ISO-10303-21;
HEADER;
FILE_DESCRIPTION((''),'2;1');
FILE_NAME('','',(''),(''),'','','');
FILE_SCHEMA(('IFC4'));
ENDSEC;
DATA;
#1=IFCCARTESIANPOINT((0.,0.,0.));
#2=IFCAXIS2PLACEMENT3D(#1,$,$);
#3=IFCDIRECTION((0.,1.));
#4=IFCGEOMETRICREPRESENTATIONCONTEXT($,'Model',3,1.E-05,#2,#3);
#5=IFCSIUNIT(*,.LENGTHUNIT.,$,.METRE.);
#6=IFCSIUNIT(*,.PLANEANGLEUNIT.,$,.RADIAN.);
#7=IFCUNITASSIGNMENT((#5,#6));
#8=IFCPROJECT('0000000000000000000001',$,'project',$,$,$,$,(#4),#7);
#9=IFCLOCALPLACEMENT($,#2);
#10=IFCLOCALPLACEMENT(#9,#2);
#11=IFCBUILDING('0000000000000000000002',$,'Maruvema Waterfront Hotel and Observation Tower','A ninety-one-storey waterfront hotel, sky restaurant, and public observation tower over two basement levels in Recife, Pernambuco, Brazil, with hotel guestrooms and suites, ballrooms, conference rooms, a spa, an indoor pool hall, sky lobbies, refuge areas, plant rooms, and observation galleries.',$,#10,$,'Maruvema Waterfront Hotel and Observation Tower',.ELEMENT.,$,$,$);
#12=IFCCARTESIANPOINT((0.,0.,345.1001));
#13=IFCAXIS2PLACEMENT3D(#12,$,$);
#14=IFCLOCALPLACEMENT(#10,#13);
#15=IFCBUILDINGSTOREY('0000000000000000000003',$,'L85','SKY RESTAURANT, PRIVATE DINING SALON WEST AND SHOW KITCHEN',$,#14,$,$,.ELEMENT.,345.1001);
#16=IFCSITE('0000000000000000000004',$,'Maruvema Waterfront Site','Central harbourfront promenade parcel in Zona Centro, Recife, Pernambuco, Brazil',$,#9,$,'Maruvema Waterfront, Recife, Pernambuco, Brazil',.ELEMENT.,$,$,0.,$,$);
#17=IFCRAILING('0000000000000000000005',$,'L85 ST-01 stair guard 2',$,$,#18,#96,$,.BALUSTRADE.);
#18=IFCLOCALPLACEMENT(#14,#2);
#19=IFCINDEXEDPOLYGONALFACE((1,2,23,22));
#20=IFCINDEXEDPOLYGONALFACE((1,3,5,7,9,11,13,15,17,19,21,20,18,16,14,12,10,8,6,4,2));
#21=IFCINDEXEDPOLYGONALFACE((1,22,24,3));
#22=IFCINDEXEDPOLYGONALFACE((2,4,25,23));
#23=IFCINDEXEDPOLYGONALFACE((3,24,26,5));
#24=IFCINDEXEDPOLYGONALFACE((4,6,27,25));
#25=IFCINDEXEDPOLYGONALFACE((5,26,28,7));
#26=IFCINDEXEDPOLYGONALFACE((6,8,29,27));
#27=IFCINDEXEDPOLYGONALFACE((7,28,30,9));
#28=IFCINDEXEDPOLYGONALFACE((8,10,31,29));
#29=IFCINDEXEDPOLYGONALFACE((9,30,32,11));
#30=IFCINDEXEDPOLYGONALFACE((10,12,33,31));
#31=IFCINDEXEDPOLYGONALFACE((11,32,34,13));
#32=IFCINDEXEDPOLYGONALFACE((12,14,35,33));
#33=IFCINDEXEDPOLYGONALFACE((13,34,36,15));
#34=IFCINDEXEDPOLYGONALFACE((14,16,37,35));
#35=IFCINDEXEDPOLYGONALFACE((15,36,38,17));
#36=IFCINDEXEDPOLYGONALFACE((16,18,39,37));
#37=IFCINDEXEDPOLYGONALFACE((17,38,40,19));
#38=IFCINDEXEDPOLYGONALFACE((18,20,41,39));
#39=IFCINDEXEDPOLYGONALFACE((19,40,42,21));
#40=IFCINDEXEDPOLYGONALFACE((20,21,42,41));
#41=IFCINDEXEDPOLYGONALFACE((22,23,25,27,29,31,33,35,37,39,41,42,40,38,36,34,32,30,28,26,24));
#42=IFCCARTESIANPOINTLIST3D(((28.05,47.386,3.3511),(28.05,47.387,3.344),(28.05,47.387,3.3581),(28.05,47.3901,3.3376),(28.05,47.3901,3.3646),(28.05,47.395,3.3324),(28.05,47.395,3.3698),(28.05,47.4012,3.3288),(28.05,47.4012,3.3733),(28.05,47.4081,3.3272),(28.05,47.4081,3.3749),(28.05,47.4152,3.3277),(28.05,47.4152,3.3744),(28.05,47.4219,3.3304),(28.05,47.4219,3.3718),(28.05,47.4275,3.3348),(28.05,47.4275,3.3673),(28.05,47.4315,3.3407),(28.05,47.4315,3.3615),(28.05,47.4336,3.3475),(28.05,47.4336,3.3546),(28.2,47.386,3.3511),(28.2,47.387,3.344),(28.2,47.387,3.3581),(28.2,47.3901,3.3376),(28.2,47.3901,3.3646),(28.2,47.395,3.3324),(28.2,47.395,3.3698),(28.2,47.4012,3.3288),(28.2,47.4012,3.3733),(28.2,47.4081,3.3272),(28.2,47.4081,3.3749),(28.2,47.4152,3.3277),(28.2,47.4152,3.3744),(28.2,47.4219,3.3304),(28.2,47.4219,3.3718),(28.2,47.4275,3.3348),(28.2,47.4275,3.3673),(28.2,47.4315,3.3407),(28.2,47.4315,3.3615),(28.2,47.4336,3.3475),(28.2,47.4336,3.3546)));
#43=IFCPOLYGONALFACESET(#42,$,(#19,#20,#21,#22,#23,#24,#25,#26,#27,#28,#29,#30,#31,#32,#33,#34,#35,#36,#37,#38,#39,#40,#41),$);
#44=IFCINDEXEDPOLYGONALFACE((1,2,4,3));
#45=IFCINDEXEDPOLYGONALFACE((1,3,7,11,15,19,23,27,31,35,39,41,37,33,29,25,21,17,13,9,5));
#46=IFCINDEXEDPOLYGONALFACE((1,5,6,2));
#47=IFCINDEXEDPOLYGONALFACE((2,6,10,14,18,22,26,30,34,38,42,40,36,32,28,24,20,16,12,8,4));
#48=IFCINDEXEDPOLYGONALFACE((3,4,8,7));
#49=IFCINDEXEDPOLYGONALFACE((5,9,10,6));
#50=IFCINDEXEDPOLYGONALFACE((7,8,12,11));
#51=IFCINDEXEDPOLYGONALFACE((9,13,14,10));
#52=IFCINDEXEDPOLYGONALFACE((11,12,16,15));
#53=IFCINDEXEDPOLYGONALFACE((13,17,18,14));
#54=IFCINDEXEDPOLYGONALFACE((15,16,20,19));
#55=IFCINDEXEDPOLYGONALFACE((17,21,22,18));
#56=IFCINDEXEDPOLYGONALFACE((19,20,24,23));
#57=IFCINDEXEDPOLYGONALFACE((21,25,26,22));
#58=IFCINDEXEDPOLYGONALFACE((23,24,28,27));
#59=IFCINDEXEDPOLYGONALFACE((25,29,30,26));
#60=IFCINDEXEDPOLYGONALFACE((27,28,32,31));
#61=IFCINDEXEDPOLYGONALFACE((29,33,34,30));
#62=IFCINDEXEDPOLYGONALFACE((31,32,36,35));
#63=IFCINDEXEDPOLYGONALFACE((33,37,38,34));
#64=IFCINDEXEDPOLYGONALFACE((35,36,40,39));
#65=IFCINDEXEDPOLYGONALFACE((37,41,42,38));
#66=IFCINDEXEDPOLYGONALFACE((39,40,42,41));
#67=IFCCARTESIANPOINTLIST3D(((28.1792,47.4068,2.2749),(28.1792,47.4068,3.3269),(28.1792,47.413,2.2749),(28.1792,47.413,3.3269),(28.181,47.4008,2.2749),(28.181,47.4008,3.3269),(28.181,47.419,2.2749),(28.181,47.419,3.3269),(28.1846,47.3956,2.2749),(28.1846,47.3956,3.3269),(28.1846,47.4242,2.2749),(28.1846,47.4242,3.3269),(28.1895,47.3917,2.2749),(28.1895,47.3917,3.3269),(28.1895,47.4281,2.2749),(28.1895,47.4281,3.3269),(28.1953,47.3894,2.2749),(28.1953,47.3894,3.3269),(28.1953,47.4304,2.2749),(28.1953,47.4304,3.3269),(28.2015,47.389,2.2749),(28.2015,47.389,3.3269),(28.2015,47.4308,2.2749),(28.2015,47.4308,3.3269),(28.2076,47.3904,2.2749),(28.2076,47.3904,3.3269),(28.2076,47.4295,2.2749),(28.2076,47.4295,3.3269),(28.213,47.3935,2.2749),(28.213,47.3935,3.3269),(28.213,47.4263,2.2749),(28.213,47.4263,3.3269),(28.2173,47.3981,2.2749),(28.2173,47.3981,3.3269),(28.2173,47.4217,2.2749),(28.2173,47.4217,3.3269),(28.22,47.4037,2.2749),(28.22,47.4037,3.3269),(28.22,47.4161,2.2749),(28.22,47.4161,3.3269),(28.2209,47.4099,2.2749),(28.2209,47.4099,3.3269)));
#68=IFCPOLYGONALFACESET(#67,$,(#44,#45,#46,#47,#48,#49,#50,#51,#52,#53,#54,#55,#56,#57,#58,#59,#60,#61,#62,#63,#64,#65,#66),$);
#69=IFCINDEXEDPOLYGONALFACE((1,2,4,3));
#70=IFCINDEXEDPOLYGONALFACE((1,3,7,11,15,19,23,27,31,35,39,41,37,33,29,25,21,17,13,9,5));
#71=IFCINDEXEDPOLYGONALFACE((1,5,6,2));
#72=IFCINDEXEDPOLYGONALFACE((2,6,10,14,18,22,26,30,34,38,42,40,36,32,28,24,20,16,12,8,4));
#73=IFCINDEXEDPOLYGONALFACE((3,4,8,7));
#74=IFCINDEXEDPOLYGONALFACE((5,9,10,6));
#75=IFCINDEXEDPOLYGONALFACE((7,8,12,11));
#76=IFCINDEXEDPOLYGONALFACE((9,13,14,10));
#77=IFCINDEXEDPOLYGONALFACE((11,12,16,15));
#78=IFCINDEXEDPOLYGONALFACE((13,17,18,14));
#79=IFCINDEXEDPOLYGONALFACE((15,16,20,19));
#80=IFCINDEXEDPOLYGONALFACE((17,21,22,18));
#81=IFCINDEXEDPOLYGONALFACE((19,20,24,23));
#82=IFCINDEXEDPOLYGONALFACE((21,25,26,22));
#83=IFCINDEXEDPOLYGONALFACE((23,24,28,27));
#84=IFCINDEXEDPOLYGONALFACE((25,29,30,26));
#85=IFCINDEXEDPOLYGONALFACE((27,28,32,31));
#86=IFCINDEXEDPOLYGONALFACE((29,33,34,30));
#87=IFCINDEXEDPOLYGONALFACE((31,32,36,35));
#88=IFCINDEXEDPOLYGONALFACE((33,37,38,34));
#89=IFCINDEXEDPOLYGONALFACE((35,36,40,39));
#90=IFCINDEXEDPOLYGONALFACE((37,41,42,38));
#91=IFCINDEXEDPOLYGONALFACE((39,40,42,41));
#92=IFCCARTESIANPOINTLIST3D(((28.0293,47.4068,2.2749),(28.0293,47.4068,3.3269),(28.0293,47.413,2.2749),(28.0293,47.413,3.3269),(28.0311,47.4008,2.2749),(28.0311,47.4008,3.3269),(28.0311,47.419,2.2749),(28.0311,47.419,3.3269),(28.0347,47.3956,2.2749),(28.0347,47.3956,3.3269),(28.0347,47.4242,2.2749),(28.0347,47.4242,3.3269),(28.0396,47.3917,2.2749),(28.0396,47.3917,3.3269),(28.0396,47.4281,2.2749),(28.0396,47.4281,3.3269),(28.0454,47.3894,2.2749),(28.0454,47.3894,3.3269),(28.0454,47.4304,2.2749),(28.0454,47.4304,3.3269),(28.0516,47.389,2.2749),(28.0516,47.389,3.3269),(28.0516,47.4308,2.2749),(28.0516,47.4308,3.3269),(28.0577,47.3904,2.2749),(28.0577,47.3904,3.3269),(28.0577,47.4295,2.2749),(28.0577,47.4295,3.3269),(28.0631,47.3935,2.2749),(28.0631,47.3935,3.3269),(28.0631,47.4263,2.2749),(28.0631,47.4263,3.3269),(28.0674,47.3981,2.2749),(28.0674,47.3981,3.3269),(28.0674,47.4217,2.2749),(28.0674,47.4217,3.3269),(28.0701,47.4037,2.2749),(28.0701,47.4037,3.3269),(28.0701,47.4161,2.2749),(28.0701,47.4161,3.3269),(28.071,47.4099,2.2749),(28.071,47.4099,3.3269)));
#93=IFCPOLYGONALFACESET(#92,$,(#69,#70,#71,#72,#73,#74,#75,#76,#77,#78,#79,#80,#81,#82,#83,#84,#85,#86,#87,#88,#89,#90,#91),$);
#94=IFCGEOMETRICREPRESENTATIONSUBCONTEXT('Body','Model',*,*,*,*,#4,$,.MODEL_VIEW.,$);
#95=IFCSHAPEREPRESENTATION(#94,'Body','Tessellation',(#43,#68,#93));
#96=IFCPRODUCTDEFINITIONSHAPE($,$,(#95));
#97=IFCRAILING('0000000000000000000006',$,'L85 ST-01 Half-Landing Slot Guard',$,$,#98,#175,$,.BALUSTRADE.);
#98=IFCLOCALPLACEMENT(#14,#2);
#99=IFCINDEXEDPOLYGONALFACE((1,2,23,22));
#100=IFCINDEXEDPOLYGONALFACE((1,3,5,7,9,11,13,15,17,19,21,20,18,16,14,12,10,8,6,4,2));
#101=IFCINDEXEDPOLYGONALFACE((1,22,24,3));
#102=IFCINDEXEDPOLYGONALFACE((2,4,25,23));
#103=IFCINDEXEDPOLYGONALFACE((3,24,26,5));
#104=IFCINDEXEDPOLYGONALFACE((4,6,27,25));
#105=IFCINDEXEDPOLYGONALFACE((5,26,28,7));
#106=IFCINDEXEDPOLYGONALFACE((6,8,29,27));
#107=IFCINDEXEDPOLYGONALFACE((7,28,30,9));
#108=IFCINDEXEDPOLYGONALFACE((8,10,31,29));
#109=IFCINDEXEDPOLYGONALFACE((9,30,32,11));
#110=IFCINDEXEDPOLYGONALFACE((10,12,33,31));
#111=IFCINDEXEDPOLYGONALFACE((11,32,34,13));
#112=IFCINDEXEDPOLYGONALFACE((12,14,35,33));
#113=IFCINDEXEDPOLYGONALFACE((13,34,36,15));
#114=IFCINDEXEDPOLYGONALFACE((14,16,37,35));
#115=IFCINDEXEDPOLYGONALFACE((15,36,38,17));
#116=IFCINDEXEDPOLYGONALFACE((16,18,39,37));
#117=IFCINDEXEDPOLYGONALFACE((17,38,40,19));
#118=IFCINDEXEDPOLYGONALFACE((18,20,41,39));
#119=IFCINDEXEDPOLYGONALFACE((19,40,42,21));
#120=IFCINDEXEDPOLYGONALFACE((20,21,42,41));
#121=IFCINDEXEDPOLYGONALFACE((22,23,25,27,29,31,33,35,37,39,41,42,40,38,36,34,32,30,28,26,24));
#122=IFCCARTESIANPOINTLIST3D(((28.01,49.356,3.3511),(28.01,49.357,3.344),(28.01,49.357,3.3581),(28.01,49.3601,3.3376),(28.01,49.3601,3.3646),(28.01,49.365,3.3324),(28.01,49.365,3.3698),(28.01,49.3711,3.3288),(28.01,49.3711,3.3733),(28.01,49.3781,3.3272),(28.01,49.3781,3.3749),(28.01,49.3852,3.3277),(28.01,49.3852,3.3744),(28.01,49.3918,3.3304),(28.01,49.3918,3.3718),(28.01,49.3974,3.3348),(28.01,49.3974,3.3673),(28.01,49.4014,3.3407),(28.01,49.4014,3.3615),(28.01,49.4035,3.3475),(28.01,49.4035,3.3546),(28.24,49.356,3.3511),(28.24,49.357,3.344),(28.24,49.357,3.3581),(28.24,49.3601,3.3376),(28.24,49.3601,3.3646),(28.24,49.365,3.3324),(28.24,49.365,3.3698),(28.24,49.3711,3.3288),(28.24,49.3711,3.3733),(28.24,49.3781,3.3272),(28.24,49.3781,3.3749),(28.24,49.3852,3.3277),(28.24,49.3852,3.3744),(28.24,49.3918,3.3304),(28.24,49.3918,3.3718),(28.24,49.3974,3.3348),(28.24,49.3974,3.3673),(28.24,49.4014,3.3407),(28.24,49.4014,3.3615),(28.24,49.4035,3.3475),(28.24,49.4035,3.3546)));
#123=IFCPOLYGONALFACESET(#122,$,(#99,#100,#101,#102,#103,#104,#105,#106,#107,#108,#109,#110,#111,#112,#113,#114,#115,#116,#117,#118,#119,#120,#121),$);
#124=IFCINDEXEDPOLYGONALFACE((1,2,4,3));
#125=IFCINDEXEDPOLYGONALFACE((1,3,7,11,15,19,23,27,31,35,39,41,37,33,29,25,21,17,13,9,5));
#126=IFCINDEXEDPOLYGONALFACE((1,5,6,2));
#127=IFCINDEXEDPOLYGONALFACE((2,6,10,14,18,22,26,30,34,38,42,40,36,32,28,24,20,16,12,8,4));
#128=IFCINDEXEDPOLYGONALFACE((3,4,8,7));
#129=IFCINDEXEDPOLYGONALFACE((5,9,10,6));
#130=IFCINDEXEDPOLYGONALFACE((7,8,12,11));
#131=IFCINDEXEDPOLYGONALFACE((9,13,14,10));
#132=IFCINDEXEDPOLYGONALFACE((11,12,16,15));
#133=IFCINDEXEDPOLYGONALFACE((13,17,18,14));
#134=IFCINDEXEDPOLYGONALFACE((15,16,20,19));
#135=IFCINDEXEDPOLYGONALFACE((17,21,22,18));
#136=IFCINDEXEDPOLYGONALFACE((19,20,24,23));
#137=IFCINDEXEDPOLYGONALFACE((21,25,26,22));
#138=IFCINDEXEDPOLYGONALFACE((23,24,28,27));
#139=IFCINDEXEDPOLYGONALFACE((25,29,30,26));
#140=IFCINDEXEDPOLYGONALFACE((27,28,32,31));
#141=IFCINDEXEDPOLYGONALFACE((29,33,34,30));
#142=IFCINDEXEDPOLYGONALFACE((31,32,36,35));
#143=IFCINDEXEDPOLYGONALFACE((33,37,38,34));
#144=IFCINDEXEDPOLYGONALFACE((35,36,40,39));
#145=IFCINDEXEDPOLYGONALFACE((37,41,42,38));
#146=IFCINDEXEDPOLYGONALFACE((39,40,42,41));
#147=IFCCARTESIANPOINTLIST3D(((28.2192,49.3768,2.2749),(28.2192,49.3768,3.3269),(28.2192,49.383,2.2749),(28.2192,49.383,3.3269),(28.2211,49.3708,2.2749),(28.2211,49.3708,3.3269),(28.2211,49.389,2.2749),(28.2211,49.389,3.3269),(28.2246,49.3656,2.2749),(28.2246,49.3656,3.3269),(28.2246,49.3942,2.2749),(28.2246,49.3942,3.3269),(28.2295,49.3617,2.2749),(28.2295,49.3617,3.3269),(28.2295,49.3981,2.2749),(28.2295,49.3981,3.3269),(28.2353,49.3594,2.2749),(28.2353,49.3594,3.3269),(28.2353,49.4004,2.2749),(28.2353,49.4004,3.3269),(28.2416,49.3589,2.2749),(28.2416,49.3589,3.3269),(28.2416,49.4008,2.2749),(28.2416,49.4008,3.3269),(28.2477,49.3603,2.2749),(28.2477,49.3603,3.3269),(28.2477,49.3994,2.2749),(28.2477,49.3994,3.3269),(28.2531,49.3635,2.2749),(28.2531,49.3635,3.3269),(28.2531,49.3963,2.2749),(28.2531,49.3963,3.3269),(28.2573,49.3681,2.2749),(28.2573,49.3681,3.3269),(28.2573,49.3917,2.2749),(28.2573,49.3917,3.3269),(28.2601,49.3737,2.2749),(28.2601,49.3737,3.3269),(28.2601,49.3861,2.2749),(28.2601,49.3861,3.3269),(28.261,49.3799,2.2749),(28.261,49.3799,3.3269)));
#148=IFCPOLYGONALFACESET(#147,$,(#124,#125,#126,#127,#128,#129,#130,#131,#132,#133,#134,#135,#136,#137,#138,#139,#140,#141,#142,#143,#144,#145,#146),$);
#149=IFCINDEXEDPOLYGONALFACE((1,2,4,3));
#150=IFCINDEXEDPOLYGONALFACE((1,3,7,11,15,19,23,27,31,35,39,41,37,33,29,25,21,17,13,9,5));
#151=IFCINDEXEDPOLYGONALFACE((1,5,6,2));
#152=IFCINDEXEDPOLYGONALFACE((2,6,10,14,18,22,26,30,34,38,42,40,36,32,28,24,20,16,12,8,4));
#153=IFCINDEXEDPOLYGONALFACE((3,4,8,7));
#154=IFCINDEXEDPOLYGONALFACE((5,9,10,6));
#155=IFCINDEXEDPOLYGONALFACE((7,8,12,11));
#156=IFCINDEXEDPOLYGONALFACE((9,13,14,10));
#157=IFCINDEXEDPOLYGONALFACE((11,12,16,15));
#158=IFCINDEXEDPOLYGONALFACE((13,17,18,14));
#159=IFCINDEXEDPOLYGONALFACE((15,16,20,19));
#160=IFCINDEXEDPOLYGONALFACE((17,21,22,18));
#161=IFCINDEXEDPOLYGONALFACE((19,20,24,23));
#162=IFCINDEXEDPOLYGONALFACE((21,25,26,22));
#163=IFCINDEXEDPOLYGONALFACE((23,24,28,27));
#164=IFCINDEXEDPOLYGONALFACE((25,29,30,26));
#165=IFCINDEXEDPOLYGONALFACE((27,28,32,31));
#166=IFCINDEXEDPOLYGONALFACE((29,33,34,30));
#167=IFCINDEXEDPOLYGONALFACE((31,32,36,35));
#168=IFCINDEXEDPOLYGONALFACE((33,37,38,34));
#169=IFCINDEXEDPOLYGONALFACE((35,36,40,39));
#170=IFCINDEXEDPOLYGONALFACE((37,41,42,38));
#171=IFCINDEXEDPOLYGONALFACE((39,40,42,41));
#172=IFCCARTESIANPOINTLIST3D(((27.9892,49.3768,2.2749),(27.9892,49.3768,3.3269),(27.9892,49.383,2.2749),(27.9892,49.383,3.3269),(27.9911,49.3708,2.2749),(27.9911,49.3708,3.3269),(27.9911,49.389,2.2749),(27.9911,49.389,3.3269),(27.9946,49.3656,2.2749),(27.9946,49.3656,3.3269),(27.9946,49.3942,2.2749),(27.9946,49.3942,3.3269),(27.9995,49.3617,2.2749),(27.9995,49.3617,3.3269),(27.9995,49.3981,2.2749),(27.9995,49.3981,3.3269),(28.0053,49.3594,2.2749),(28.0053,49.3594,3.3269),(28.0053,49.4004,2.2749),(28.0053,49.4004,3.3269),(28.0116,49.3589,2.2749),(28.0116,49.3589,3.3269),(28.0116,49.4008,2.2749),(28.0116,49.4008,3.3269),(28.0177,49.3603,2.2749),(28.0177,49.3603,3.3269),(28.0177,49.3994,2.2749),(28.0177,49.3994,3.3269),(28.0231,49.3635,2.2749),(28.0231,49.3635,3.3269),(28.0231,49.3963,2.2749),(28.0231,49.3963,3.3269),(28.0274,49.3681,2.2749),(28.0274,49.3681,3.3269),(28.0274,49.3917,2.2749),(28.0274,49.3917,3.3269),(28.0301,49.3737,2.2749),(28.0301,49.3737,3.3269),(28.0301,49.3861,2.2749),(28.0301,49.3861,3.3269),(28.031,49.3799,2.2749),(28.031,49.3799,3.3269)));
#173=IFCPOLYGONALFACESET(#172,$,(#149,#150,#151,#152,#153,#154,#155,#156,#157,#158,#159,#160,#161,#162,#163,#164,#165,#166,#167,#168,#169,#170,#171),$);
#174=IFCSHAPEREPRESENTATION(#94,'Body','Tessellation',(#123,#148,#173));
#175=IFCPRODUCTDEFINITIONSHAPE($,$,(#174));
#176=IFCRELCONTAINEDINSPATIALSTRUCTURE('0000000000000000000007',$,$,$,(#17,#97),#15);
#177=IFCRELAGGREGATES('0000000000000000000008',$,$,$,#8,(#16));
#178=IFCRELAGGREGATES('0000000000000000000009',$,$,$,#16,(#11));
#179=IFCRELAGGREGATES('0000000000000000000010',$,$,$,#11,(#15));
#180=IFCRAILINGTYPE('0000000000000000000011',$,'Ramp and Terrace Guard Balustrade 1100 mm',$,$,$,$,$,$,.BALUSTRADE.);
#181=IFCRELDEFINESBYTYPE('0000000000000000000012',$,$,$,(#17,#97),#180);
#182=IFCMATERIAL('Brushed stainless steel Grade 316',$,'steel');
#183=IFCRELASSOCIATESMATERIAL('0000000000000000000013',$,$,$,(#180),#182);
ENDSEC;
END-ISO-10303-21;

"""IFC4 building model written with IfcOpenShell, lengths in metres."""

from ifc_helpers import new_model, si_unit, direction, frame, origin, origin_2d, place, context, subcontext, project, spatial, circle, extrude, material, type_object, element, save


model = new_model("IFC4")

# Units and contexts
model_context = context("Model", 3, precision=1e-05, world=origin(), true_north=direction((0.0, 1.0)))
body_context = subcontext(model_context, "Body", "Model", "MODEL_VIEW")
ifc_project = project(units=[si_unit("LENGTHUNIT", "METRE"), si_unit("PLANEANGLEUNIT", "RADIAN")], contexts=[model_context])

# Site, building, storey
site_placement = place(None, origin())
site = spatial("IfcSite", under=ifc_project, at=site_placement, Name="Maruvema Waterfront Site", Description="Central harbourfront promenade parcel in Zona Centro, Recife, Pernambuco, Brazil", LongName="Maruvema Waterfront, Recife, Pernambuco, Brazil", CompositionType="ELEMENT", RefElevation=0.0)
building_placement = place(site_placement, origin())
building = spatial("IfcBuilding", under=site, at=building_placement, Name="Maruvema Waterfront Hotel and Observation Tower", Description="A ninety-one-storey waterfront hotel, sky restaurant, and public observation tower over two basement levels in Recife, Pernambuco, Brazil, with hotel guestrooms and suites, ballrooms, conference rooms, a spa, an indoor pool hall, sky lobbies, refuge areas, plant rooms, and observation galleries.", LongName="Maruvema Waterfront Hotel and Observation Tower", CompositionType="ELEMENT")
storey_placement = place(building_placement, frame((0.0, 0.0, 345.1001)))
storey = spatial("IfcBuildingStorey", under=building, at=storey_placement, Name="L85", Description="SKY RESTAURANT, PRIVATE DINING SALON WEST AND SHOW KITCHEN", CompositionType="ELEMENT", Elevation=345.1001)

# Railings
ifc_material_1 = material(Name="Brushed stainless steel Grade 316", Category="steel")
railing_type_1 = type_object("IfcRailingType", Name="Ramp and Terrace Guard Balustrade 1100 mm", PredefinedType="BALUSTRADE", material=ifc_material_1)
railing_1_placement = place(storey_placement, frame((28.2, 47.4099, 2.2749)))
element("IfcRailing", 1, at=railing_1_placement, inside=storey, type_object=railing_type_1, Name="L85 ST-01 stair guard 2", PredefinedType="BALUSTRADE", context=body_context, shape_type="SweptSolid", body=[
    extrude(circle(Radius=0.0239, at=origin_2d()), frame((0.0, 0.0, 1.0762), z_axis=(-1.0, 0.0, 0.0), x_axis=(0.0, -1.0, 0.0)), (0.0, 0.0, 1.0), 0.1499),
    extrude(circle(Radius=0.021, at=origin_2d()), origin(), (0.0, 0.0, 1.0), 1.052),
    extrude(circle(Radius=0.021, at=origin_2d()), frame((-0.1499, 0.0, 0.0)), (0.0, 0.0, 1.0), 1.052),
])
railing_2_placement = place(storey_placement, frame((28.24, 49.3799, 2.2749)))
element("IfcRailing", 2, at=railing_2_placement, inside=storey, type_object=railing_type_1, Name="L85 ST-01 Half-Landing Slot Guard", PredefinedType="BALUSTRADE", context=body_context, shape_type="SweptSolid", body=[
    extrude(circle(Radius=0.0239, at=origin_2d()), frame((0.0, 0.0, 1.0762), z_axis=(-1.0, 0.0, 0.0), x_axis=(0.0, -1.0, 0.0)), (0.0, 0.0, 1.0), 0.23),
    extrude(circle(Radius=0.021, at=origin_2d()), origin(), (0.0, 0.0, 1.0), 1.052),
    extrude(circle(Radius=0.021, at=origin_2d()), frame((-0.23, 0.0, 0.0)), (0.0, 0.0, 1.0), 1.052),
])

save(model, "model.ifc")
